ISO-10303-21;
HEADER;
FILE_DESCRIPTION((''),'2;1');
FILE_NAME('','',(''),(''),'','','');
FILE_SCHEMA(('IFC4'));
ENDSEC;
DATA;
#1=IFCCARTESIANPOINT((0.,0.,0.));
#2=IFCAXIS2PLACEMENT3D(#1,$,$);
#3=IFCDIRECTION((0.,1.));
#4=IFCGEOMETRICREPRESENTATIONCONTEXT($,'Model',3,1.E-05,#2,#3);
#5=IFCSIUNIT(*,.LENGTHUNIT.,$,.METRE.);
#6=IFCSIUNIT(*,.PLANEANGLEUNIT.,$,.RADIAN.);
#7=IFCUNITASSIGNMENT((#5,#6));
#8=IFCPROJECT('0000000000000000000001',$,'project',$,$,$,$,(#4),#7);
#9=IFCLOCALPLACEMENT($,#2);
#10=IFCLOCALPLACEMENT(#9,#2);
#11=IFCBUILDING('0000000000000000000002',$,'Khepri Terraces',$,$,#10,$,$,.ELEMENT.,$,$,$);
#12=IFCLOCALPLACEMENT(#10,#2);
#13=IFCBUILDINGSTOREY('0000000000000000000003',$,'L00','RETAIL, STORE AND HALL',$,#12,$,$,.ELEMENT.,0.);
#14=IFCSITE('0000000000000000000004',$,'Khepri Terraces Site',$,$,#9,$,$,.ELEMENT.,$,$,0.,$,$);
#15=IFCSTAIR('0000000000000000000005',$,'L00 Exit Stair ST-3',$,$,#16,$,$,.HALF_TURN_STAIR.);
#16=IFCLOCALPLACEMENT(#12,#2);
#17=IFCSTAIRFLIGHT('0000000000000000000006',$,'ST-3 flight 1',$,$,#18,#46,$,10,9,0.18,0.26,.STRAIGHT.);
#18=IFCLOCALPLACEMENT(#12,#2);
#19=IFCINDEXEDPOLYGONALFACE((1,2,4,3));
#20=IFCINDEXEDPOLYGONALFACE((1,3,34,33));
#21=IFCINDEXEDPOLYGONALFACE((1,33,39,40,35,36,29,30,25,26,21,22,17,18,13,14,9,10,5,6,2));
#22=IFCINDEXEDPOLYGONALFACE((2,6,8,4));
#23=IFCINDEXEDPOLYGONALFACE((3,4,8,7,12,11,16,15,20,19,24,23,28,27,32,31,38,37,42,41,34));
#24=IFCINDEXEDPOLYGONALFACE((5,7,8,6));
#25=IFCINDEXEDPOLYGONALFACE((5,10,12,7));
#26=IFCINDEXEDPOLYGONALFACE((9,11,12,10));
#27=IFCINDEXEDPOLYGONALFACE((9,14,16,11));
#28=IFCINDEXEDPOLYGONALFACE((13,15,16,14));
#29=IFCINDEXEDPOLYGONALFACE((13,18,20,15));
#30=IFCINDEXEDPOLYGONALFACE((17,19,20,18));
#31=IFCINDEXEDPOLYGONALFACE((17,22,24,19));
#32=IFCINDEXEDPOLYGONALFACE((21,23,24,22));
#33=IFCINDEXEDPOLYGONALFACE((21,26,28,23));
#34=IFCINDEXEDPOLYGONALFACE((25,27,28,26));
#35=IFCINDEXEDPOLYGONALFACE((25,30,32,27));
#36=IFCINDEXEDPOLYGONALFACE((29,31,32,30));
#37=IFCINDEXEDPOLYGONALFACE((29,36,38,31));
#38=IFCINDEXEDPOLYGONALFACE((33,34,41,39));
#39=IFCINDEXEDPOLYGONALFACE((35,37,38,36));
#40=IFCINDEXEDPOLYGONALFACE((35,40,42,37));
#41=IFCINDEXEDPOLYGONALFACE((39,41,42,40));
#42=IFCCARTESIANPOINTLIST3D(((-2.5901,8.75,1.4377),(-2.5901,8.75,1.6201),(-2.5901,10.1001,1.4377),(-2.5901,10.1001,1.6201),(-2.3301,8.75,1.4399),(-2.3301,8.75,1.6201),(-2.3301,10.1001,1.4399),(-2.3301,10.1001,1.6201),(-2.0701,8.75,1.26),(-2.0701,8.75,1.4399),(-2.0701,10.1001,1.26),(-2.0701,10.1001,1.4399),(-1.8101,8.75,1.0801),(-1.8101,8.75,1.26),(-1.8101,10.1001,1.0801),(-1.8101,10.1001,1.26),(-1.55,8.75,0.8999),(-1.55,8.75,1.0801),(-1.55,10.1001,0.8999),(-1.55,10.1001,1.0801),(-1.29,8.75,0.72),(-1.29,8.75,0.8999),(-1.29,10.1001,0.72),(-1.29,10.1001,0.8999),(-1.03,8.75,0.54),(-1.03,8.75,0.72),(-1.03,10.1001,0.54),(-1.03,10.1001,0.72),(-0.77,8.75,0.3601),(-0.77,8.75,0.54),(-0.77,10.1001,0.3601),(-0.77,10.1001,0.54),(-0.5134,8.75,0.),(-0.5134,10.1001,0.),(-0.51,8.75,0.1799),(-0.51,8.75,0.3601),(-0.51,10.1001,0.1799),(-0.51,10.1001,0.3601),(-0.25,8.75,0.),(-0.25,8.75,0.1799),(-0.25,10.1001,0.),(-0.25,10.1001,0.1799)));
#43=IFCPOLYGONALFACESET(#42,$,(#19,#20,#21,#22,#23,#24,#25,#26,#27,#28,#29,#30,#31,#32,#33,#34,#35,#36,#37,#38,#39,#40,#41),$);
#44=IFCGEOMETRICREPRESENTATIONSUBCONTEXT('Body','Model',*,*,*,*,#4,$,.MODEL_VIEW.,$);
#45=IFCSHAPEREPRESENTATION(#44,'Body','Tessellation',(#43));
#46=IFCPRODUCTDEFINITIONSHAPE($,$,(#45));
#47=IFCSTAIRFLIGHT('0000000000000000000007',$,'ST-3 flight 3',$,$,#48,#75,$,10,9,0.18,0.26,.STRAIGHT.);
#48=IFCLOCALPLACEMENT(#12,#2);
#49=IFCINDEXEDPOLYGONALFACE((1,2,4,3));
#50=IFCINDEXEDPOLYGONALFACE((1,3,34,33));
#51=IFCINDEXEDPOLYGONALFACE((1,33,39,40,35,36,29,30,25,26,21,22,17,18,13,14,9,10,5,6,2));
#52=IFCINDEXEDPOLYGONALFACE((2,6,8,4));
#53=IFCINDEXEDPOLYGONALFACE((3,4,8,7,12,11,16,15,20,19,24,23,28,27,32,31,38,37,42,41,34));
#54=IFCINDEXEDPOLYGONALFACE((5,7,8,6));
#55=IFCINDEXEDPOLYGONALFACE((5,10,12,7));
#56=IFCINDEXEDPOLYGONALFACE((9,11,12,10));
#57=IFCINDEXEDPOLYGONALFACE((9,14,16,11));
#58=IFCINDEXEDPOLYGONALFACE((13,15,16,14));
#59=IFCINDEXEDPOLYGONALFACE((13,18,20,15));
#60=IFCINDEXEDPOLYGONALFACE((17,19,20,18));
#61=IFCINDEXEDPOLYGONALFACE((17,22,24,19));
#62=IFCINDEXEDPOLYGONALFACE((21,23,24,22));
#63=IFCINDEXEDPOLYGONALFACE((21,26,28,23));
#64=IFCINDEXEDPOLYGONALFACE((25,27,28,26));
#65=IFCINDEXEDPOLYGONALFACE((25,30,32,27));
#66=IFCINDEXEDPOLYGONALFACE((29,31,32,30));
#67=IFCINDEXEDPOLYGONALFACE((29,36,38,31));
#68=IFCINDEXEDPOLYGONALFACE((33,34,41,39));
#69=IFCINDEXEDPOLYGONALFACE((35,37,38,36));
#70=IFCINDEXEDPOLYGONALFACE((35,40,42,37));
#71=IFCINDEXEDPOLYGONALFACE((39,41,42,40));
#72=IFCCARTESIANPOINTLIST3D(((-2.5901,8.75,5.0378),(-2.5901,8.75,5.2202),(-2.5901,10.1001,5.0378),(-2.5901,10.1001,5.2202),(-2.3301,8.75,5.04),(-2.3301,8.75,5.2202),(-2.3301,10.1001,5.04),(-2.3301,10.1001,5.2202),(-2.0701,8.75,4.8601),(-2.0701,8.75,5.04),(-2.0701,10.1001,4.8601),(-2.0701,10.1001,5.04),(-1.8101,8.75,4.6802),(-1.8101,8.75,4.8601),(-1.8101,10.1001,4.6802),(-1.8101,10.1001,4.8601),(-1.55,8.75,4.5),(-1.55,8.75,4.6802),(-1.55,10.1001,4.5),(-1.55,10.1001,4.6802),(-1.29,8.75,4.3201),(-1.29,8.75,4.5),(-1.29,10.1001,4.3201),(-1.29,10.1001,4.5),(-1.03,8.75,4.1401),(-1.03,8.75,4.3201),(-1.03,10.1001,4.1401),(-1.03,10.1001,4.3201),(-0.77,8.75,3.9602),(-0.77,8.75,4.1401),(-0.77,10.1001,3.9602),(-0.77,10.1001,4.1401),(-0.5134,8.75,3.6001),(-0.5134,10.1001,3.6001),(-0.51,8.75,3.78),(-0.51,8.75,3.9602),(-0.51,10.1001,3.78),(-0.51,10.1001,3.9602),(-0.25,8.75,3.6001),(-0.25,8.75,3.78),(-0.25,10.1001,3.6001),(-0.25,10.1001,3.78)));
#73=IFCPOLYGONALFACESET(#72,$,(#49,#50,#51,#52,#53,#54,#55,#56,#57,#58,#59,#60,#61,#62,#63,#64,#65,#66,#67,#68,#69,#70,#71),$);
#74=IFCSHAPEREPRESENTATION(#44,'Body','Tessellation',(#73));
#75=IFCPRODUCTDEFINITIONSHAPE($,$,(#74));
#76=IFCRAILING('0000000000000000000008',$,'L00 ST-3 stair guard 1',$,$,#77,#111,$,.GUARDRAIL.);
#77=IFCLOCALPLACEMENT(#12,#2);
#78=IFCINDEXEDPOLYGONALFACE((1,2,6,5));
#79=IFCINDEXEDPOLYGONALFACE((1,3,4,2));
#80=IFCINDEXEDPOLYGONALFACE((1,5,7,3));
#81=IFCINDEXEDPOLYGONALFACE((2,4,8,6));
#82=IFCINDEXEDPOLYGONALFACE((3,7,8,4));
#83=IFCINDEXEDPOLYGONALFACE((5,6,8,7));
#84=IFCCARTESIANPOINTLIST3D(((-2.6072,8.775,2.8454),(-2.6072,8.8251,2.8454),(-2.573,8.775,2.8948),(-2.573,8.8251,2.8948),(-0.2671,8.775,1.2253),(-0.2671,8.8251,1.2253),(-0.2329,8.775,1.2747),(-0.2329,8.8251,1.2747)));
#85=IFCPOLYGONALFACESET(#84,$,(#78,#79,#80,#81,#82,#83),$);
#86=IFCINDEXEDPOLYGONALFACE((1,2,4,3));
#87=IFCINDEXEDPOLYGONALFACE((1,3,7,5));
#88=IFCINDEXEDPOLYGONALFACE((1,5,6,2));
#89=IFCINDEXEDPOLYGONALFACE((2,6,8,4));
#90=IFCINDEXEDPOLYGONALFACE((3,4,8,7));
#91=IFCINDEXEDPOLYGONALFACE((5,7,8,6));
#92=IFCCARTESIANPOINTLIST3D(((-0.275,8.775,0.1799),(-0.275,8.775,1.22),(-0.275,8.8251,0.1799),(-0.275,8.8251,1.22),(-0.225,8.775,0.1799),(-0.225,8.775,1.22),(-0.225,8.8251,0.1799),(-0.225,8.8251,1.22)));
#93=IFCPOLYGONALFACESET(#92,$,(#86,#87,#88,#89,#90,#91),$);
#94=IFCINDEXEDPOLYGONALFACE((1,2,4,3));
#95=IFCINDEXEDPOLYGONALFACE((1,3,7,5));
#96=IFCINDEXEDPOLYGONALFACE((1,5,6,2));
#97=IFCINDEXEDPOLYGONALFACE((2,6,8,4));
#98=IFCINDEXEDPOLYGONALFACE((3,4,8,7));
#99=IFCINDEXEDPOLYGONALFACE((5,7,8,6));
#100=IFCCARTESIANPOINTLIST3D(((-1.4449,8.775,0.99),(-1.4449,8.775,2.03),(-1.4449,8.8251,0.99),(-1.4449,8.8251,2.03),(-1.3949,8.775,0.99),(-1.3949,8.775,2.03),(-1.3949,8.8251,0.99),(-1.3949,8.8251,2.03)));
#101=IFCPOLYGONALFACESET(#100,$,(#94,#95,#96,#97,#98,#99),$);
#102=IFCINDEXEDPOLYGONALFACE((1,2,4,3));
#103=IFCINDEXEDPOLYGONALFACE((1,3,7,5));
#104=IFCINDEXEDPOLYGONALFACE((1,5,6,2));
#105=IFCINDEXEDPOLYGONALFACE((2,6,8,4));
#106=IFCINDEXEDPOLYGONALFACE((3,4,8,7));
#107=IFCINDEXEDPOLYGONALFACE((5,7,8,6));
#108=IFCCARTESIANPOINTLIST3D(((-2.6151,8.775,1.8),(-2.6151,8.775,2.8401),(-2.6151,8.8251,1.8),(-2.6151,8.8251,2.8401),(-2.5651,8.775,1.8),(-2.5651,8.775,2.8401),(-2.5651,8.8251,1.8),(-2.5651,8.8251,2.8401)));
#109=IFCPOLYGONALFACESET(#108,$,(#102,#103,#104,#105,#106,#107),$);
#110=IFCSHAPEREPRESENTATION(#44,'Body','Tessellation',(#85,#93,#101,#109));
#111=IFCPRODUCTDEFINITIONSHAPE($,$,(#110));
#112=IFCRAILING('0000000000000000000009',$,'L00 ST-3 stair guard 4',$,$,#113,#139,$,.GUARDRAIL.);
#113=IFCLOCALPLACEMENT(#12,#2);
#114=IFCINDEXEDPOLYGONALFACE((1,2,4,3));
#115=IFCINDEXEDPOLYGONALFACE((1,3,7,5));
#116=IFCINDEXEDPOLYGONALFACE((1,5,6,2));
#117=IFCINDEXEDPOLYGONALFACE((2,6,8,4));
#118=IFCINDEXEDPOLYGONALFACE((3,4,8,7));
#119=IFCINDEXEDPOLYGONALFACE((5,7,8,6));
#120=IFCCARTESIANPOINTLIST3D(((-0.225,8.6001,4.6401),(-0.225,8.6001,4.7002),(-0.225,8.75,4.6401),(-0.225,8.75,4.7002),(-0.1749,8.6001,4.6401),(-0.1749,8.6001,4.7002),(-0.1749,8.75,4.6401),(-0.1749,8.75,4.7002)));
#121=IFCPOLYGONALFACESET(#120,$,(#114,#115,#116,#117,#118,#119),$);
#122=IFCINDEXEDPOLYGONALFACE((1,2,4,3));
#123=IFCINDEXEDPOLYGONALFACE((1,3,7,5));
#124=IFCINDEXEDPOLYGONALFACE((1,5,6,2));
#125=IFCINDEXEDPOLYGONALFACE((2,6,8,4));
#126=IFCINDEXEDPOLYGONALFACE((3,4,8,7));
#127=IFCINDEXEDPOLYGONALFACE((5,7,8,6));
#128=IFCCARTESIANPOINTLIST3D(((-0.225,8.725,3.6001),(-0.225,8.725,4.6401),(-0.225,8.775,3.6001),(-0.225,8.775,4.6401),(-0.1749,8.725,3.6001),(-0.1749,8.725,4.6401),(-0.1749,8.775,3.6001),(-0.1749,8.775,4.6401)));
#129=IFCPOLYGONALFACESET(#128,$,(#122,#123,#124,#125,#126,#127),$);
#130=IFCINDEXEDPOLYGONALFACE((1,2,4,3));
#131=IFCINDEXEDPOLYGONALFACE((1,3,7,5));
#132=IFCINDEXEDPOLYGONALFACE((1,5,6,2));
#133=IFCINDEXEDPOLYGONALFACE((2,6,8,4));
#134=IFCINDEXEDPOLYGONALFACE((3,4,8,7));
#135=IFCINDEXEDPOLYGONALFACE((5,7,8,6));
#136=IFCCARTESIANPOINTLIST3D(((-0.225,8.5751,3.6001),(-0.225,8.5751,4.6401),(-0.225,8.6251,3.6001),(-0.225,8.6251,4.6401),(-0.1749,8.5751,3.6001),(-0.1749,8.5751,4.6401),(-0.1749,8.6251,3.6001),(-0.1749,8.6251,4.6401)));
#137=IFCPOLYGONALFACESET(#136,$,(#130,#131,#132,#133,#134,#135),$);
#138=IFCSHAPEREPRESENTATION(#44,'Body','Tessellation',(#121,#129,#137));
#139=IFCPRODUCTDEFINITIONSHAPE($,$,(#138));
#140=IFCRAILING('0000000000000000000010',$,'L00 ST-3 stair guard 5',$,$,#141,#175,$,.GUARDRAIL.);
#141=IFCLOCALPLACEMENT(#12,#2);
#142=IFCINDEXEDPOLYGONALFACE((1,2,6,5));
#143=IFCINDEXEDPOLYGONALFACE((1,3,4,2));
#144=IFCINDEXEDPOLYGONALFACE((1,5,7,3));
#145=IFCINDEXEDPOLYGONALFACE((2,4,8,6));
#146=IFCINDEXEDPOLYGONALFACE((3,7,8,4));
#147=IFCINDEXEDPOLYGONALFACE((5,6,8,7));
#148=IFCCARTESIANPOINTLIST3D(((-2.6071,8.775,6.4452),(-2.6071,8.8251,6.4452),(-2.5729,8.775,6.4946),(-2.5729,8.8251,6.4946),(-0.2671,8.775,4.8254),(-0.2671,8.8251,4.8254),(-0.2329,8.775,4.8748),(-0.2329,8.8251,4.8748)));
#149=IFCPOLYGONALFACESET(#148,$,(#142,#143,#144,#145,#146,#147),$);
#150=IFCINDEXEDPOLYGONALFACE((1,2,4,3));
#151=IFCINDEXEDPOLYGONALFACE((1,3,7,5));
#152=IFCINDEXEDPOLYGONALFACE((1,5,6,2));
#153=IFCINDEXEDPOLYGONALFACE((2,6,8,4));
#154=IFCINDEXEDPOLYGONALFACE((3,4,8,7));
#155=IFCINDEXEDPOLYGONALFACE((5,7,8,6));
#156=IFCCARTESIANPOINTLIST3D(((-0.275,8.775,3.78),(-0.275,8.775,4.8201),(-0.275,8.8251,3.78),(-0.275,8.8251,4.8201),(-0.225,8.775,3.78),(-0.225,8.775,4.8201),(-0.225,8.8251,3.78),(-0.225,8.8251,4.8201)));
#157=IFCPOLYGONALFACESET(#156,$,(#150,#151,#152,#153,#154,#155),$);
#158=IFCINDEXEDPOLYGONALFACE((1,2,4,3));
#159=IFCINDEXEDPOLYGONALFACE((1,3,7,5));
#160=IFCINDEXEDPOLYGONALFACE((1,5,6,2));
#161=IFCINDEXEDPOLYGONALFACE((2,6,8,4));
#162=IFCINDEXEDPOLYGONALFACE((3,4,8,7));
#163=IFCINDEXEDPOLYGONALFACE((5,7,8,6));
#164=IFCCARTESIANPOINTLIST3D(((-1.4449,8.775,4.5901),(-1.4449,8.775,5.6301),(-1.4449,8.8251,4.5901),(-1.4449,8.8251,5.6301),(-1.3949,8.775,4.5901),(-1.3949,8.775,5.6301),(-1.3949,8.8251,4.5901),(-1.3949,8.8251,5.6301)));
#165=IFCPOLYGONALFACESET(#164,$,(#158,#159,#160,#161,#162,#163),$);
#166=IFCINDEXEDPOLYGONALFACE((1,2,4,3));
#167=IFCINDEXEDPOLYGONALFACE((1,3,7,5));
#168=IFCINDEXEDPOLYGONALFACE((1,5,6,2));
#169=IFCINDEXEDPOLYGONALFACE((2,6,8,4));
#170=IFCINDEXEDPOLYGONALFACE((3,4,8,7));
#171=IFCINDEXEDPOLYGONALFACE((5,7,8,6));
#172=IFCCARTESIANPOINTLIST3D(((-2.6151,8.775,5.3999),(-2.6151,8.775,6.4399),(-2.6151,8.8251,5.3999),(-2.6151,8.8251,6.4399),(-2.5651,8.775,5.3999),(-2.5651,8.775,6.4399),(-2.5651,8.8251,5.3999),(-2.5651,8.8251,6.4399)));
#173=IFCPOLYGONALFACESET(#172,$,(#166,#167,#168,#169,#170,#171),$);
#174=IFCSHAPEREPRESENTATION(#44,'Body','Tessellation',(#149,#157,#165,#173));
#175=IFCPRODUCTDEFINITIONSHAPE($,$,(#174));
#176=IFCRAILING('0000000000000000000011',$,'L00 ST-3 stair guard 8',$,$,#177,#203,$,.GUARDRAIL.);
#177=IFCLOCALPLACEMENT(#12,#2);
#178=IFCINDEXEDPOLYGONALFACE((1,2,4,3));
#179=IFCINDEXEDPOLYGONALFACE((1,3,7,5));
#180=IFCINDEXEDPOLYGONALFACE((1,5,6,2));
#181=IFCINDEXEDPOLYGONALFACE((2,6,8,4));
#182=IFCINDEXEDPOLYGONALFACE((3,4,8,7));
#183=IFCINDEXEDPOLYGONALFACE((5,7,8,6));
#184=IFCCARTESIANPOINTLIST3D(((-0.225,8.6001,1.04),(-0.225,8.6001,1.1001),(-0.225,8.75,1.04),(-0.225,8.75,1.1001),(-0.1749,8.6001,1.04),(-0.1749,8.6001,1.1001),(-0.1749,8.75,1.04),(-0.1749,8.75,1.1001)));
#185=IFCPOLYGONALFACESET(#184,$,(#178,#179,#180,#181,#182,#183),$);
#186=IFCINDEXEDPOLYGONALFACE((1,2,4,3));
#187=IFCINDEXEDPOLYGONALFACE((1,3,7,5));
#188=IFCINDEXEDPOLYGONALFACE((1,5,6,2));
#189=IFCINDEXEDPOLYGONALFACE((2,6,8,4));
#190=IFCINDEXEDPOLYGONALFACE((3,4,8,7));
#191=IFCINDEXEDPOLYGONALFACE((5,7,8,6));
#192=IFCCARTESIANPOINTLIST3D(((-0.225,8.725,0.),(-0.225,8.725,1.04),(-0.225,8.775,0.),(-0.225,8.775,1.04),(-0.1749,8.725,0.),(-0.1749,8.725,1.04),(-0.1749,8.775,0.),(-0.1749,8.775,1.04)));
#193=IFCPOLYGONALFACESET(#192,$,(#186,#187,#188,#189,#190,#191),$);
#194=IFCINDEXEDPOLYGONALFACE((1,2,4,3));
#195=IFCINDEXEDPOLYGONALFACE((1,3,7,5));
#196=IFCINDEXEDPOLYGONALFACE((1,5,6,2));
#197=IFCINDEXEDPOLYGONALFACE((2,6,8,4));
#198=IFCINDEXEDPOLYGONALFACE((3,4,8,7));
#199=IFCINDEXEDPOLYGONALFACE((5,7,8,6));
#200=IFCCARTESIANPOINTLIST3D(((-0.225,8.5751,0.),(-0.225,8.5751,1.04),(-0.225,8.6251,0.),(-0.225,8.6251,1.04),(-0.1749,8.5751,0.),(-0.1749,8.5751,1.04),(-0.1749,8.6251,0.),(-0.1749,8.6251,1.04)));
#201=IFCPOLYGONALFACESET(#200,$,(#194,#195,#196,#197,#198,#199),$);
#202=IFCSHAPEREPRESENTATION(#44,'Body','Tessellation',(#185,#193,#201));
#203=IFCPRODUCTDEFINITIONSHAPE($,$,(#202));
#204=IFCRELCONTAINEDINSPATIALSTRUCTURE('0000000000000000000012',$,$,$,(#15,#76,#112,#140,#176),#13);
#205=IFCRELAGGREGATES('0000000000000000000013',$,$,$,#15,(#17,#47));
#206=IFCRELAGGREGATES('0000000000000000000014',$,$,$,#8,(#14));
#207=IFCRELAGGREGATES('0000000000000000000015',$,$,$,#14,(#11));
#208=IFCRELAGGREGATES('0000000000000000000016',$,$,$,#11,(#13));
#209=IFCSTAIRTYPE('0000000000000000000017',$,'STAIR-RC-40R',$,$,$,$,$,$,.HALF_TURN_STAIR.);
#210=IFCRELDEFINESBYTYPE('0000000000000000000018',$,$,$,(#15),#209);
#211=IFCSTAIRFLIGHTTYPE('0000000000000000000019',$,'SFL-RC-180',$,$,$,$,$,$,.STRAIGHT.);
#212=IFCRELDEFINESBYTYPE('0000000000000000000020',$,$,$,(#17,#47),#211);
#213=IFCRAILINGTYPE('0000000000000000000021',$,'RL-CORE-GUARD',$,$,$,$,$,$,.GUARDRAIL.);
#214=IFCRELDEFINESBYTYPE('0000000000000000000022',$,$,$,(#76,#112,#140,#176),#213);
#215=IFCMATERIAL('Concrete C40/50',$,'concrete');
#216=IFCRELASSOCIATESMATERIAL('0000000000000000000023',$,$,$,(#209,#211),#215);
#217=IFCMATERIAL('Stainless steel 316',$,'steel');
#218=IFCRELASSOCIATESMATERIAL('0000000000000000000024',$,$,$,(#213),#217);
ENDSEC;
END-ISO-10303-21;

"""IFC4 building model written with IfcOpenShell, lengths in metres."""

from ifc_helpers import new_model, si_unit, direction, frame, origin, origin_2d, place, context, subcontext, project, spatial, polyline, rectangle, outline, extrude, material, type_object, element, aggregate, save


model = new_model("IFC4")

# Units and contexts
model_context = context("Model", 3, precision=1e-05, world=origin(), true_north=direction((0.0, 1.0)))
body_context = subcontext(model_context, "Body", "Model", "MODEL_VIEW")
ifc_project = project(units=[si_unit("LENGTHUNIT", "METRE"), si_unit("PLANEANGLEUNIT", "RADIAN")], contexts=[model_context])

# Site, building, storey
site_placement = place(None, origin())
site = spatial("IfcSite", under=ifc_project, at=site_placement, Name="Khepri Terraces Site", CompositionType="ELEMENT", RefElevation=0.0)
building_placement = place(site_placement, origin())
building = spatial("IfcBuilding", under=site, at=building_placement, Name="Khepri Terraces", CompositionType="ELEMENT")
storey_placement = place(building_placement, origin())
storey = spatial("IfcBuildingStorey", under=building, at=storey_placement, Name="L00", Description="RETAIL, STORE AND HALL", CompositionType="ELEMENT", Elevation=0.0)

# Shared definitions
ifc_material_1 = material(Name="Concrete C40/50", Category="concrete")

# Shared definitions
stair_type_1 = type_object("IfcStairType", Name="STAIR-RC-40R", PredefinedType="HALF_TURN_STAIR", material=ifc_material_1)

# Stair, stair flights
stair_1_placement = place(storey_placement, origin())
stair_1 = element("IfcStair", 1, at=stair_1_placement, inside=storey, type_object=stair_type_1, Name="L00 Exit Stair ST-3", PredefinedType="HALF_TURN_STAIR")
stair_flight_type = type_object("IfcStairFlightType", Name="SFL-RC-180", PredefinedType="STRAIGHT", material=ifc_material_1)
stair_flight_1_placement = place(storey_placement, frame((-0.25, 9.425, 0.0), z_axis=(0.0, 0.0, 1.0), x_axis=(-1.0, 0.0, 0.0)))
stair_flight_1 = element("IfcStairFlight", 2, at=stair_flight_1_placement, type_object=stair_flight_type, Name="ST-3 flight 1", NumberOfRisers=10, NumberOfTreads=9, PredefinedType="STRAIGHT", RiserHeight=0.18, TreadLength=0.26, context=body_context, shape_type="SweptSolid", body=[
    extrude(outline(polyline([(0.0, 0.0), (0.0, 0.1799), (0.26, 0.1799), (0.26, 0.3601), (0.52, 0.3601), (0.52, 0.54), (0.78, 0.54), (0.78, 0.72), (1.04, 0.72), (1.04, 0.8999), (1.3, 0.8999), (1.3, 1.0801), (1.5601, 1.0801), (1.5601, 1.26), (1.8201, 1.26), (1.8201, 1.4399), (2.0801, 1.4399), (2.0801, 1.6201), (2.3401, 1.6201), (2.3401, 1.8), (2.3401, 1.4377), (0.2634, 0.0), (0.0, 0.0)])), frame((0.0, 0.675, 0.0), z_axis=(0.0, -1.0, 0.0), x_axis=(1.0, 0.0, 0.0)), (0.0, 0.0, 1.0), 1.3501),
])
stair_flight_2_placement = place(storey_placement, frame((-0.25, 9.425, 3.6001), z_axis=(0.0, 0.0, 1.0), x_axis=(-1.0, 0.0, 0.0)))
stair_flight_2 = element("IfcStairFlight", 3, at=stair_flight_2_placement, type_object=stair_flight_type, Name="ST-3 flight 3", NumberOfRisers=10, NumberOfTreads=9, PredefinedType="STRAIGHT", RiserHeight=0.18, TreadLength=0.26, context=body_context, shape_type="SweptSolid", body=[
    extrude(outline(polyline([(0.0, 0.0), (0.0, 0.1799), (0.26, 0.1799), (0.26, 0.3601), (0.52, 0.3601), (0.52, 0.54), (0.78, 0.54), (0.78, 0.72), (1.04, 0.72), (1.04, 0.8999), (1.3, 0.8999), (1.3, 1.0801), (1.5601, 1.0801), (1.5601, 1.26), (1.8201, 1.26), (1.8201, 1.4399), (2.0801, 1.4399), (2.0801, 1.6201), (2.3401, 1.6201), (2.3401, 1.8), (2.3401, 1.4377), (0.2634, 0.0), (0.0, 0.0)])), frame((0.0, 0.675, 0.0), z_axis=(0.0, -1.0, 0.0), x_axis=(1.0, 0.0, 0.0)), (0.0, 0.0, 1.0), 1.3501),
])
aggregate(stair_1, [stair_flight_1, stair_flight_2])

# Railings
ifc_material_2 = material(Name="Stainless steel 316", Category="steel")
railing_type_1 = type_object("IfcRailingType", Name="RL-CORE-GUARD", PredefinedType="GUARDRAIL", material=ifc_material_2)
railing_1_placement = place(storey_placement, frame((-0.25, 8.8, 0.1799)))
element("IfcRailing", 4, at=railing_1_placement, inside=storey, type_object=railing_type_1, Name="L00 ST-3 stair guard 1", PredefinedType="GUARDRAIL", context=body_context, shape_type="SweptSolid", body=[
    extrude(rectangle(XDim=0.05, YDim=0.0601, at=origin_2d()), frame((0.0, 0.0, 1.0701), z_axis=(-0.822183, 0.0, 0.569223), x_axis=(0.0, -1.0, 0.0)), (0.0, 0.0, 1.0), 2.8462),
    extrude(rectangle(XDim=0.05, YDim=0.05, at=origin_2d()), origin(), (0.0, 0.0, 1.0), 1.04),
    extrude(rectangle(XDim=0.05, YDim=0.05, at=origin_2d()), frame((-1.1699, 0.0, 0.8101)), (0.0, 0.0, 1.0), 1.04),
    extrude(rectangle(XDim=0.05, YDim=0.05, at=origin_2d()), frame((-2.3401, 0.0, 1.6201)), (0.0, 0.0, 1.0), 1.04),
])
railing_2_placement = place(storey_placement, frame((-0.2, 8.75, 3.6001)))
element("IfcRailing", 5, at=railing_2_placement, inside=storey, type_object=railing_type_1, Name="L00 ST-3 stair guard 4", PredefinedType="GUARDRAIL", context=body_context, shape_type="SweptSolid", body=[
    extrude(rectangle(XDim=0.05, YDim=0.0601, at=origin_2d()), frame((0.0, 0.0, 1.0701), z_axis=(0.0, -1.0, 0.0), x_axis=(1.0, 0.0, 0.0)), (0.0, 0.0, 1.0), 0.1499),
    extrude(rectangle(XDim=0.05, YDim=0.05, at=origin_2d()), origin(), (0.0, 0.0, 1.0), 1.04),
    extrude(rectangle(XDim=0.05, YDim=0.05, at=origin_2d()), frame((0.0, -0.1499, 0.0)), (0.0, 0.0, 1.0), 1.04),
])
railing_3_placement = place(storey_placement, frame((-0.25, 8.8, 3.78)))
element("IfcRailing", 6, at=railing_3_placement, inside=storey, type_object=railing_type_1, Name="L00 ST-3 stair guard 5", PredefinedType="GUARDRAIL", context=body_context, shape_type="SweptSolid", body=[
    extrude(rectangle(XDim=0.05, YDim=0.0601, at=origin_2d()), frame((0.0, 0.0, 1.0701), z_axis=(-0.822223, 0.0, 0.569165), x_axis=(0.0, -1.0, 0.0)), (0.0, 0.0, 1.0), 2.8459),
    extrude(rectangle(XDim=0.05, YDim=0.05, at=origin_2d()), origin(), (0.0, 0.0, 1.0), 1.04),
    extrude(rectangle(XDim=0.05, YDim=0.05, at=origin_2d()), frame((-1.1699, 0.0, 0.8101)), (0.0, 0.0, 1.0), 1.04),
    extrude(rectangle(XDim=0.05, YDim=0.05, at=origin_2d()), frame((-2.3401, 0.0, 1.6199)), (0.0, 0.0, 1.0), 1.04),
])
railing_4_placement = place(storey_placement, frame((-0.2, 8.75, 0.0)))
element("IfcRailing", 7, at=railing_4_placement, inside=storey, type_object=railing_type_1, Name="L00 ST-3 stair guard 8", PredefinedType="GUARDRAIL", context=body_context, shape_type="SweptSolid", body=[
    extrude(rectangle(XDim=0.05, YDim=0.0601, at=origin_2d()), frame((0.0, 0.0, 1.0701), z_axis=(0.0, -1.0, 0.0), x_axis=(1.0, 0.0, 0.0)), (0.0, 0.0, 1.0), 0.1499),
    extrude(rectangle(XDim=0.05, YDim=0.05, at=origin_2d()), origin(), (0.0, 0.0, 1.0), 1.04),
    extrude(rectangle(XDim=0.05, YDim=0.05, at=origin_2d()), frame((0.0, -0.1499, 0.0)), (0.0, 0.0, 1.0), 1.04),
])

save(model, "model.ifc")
